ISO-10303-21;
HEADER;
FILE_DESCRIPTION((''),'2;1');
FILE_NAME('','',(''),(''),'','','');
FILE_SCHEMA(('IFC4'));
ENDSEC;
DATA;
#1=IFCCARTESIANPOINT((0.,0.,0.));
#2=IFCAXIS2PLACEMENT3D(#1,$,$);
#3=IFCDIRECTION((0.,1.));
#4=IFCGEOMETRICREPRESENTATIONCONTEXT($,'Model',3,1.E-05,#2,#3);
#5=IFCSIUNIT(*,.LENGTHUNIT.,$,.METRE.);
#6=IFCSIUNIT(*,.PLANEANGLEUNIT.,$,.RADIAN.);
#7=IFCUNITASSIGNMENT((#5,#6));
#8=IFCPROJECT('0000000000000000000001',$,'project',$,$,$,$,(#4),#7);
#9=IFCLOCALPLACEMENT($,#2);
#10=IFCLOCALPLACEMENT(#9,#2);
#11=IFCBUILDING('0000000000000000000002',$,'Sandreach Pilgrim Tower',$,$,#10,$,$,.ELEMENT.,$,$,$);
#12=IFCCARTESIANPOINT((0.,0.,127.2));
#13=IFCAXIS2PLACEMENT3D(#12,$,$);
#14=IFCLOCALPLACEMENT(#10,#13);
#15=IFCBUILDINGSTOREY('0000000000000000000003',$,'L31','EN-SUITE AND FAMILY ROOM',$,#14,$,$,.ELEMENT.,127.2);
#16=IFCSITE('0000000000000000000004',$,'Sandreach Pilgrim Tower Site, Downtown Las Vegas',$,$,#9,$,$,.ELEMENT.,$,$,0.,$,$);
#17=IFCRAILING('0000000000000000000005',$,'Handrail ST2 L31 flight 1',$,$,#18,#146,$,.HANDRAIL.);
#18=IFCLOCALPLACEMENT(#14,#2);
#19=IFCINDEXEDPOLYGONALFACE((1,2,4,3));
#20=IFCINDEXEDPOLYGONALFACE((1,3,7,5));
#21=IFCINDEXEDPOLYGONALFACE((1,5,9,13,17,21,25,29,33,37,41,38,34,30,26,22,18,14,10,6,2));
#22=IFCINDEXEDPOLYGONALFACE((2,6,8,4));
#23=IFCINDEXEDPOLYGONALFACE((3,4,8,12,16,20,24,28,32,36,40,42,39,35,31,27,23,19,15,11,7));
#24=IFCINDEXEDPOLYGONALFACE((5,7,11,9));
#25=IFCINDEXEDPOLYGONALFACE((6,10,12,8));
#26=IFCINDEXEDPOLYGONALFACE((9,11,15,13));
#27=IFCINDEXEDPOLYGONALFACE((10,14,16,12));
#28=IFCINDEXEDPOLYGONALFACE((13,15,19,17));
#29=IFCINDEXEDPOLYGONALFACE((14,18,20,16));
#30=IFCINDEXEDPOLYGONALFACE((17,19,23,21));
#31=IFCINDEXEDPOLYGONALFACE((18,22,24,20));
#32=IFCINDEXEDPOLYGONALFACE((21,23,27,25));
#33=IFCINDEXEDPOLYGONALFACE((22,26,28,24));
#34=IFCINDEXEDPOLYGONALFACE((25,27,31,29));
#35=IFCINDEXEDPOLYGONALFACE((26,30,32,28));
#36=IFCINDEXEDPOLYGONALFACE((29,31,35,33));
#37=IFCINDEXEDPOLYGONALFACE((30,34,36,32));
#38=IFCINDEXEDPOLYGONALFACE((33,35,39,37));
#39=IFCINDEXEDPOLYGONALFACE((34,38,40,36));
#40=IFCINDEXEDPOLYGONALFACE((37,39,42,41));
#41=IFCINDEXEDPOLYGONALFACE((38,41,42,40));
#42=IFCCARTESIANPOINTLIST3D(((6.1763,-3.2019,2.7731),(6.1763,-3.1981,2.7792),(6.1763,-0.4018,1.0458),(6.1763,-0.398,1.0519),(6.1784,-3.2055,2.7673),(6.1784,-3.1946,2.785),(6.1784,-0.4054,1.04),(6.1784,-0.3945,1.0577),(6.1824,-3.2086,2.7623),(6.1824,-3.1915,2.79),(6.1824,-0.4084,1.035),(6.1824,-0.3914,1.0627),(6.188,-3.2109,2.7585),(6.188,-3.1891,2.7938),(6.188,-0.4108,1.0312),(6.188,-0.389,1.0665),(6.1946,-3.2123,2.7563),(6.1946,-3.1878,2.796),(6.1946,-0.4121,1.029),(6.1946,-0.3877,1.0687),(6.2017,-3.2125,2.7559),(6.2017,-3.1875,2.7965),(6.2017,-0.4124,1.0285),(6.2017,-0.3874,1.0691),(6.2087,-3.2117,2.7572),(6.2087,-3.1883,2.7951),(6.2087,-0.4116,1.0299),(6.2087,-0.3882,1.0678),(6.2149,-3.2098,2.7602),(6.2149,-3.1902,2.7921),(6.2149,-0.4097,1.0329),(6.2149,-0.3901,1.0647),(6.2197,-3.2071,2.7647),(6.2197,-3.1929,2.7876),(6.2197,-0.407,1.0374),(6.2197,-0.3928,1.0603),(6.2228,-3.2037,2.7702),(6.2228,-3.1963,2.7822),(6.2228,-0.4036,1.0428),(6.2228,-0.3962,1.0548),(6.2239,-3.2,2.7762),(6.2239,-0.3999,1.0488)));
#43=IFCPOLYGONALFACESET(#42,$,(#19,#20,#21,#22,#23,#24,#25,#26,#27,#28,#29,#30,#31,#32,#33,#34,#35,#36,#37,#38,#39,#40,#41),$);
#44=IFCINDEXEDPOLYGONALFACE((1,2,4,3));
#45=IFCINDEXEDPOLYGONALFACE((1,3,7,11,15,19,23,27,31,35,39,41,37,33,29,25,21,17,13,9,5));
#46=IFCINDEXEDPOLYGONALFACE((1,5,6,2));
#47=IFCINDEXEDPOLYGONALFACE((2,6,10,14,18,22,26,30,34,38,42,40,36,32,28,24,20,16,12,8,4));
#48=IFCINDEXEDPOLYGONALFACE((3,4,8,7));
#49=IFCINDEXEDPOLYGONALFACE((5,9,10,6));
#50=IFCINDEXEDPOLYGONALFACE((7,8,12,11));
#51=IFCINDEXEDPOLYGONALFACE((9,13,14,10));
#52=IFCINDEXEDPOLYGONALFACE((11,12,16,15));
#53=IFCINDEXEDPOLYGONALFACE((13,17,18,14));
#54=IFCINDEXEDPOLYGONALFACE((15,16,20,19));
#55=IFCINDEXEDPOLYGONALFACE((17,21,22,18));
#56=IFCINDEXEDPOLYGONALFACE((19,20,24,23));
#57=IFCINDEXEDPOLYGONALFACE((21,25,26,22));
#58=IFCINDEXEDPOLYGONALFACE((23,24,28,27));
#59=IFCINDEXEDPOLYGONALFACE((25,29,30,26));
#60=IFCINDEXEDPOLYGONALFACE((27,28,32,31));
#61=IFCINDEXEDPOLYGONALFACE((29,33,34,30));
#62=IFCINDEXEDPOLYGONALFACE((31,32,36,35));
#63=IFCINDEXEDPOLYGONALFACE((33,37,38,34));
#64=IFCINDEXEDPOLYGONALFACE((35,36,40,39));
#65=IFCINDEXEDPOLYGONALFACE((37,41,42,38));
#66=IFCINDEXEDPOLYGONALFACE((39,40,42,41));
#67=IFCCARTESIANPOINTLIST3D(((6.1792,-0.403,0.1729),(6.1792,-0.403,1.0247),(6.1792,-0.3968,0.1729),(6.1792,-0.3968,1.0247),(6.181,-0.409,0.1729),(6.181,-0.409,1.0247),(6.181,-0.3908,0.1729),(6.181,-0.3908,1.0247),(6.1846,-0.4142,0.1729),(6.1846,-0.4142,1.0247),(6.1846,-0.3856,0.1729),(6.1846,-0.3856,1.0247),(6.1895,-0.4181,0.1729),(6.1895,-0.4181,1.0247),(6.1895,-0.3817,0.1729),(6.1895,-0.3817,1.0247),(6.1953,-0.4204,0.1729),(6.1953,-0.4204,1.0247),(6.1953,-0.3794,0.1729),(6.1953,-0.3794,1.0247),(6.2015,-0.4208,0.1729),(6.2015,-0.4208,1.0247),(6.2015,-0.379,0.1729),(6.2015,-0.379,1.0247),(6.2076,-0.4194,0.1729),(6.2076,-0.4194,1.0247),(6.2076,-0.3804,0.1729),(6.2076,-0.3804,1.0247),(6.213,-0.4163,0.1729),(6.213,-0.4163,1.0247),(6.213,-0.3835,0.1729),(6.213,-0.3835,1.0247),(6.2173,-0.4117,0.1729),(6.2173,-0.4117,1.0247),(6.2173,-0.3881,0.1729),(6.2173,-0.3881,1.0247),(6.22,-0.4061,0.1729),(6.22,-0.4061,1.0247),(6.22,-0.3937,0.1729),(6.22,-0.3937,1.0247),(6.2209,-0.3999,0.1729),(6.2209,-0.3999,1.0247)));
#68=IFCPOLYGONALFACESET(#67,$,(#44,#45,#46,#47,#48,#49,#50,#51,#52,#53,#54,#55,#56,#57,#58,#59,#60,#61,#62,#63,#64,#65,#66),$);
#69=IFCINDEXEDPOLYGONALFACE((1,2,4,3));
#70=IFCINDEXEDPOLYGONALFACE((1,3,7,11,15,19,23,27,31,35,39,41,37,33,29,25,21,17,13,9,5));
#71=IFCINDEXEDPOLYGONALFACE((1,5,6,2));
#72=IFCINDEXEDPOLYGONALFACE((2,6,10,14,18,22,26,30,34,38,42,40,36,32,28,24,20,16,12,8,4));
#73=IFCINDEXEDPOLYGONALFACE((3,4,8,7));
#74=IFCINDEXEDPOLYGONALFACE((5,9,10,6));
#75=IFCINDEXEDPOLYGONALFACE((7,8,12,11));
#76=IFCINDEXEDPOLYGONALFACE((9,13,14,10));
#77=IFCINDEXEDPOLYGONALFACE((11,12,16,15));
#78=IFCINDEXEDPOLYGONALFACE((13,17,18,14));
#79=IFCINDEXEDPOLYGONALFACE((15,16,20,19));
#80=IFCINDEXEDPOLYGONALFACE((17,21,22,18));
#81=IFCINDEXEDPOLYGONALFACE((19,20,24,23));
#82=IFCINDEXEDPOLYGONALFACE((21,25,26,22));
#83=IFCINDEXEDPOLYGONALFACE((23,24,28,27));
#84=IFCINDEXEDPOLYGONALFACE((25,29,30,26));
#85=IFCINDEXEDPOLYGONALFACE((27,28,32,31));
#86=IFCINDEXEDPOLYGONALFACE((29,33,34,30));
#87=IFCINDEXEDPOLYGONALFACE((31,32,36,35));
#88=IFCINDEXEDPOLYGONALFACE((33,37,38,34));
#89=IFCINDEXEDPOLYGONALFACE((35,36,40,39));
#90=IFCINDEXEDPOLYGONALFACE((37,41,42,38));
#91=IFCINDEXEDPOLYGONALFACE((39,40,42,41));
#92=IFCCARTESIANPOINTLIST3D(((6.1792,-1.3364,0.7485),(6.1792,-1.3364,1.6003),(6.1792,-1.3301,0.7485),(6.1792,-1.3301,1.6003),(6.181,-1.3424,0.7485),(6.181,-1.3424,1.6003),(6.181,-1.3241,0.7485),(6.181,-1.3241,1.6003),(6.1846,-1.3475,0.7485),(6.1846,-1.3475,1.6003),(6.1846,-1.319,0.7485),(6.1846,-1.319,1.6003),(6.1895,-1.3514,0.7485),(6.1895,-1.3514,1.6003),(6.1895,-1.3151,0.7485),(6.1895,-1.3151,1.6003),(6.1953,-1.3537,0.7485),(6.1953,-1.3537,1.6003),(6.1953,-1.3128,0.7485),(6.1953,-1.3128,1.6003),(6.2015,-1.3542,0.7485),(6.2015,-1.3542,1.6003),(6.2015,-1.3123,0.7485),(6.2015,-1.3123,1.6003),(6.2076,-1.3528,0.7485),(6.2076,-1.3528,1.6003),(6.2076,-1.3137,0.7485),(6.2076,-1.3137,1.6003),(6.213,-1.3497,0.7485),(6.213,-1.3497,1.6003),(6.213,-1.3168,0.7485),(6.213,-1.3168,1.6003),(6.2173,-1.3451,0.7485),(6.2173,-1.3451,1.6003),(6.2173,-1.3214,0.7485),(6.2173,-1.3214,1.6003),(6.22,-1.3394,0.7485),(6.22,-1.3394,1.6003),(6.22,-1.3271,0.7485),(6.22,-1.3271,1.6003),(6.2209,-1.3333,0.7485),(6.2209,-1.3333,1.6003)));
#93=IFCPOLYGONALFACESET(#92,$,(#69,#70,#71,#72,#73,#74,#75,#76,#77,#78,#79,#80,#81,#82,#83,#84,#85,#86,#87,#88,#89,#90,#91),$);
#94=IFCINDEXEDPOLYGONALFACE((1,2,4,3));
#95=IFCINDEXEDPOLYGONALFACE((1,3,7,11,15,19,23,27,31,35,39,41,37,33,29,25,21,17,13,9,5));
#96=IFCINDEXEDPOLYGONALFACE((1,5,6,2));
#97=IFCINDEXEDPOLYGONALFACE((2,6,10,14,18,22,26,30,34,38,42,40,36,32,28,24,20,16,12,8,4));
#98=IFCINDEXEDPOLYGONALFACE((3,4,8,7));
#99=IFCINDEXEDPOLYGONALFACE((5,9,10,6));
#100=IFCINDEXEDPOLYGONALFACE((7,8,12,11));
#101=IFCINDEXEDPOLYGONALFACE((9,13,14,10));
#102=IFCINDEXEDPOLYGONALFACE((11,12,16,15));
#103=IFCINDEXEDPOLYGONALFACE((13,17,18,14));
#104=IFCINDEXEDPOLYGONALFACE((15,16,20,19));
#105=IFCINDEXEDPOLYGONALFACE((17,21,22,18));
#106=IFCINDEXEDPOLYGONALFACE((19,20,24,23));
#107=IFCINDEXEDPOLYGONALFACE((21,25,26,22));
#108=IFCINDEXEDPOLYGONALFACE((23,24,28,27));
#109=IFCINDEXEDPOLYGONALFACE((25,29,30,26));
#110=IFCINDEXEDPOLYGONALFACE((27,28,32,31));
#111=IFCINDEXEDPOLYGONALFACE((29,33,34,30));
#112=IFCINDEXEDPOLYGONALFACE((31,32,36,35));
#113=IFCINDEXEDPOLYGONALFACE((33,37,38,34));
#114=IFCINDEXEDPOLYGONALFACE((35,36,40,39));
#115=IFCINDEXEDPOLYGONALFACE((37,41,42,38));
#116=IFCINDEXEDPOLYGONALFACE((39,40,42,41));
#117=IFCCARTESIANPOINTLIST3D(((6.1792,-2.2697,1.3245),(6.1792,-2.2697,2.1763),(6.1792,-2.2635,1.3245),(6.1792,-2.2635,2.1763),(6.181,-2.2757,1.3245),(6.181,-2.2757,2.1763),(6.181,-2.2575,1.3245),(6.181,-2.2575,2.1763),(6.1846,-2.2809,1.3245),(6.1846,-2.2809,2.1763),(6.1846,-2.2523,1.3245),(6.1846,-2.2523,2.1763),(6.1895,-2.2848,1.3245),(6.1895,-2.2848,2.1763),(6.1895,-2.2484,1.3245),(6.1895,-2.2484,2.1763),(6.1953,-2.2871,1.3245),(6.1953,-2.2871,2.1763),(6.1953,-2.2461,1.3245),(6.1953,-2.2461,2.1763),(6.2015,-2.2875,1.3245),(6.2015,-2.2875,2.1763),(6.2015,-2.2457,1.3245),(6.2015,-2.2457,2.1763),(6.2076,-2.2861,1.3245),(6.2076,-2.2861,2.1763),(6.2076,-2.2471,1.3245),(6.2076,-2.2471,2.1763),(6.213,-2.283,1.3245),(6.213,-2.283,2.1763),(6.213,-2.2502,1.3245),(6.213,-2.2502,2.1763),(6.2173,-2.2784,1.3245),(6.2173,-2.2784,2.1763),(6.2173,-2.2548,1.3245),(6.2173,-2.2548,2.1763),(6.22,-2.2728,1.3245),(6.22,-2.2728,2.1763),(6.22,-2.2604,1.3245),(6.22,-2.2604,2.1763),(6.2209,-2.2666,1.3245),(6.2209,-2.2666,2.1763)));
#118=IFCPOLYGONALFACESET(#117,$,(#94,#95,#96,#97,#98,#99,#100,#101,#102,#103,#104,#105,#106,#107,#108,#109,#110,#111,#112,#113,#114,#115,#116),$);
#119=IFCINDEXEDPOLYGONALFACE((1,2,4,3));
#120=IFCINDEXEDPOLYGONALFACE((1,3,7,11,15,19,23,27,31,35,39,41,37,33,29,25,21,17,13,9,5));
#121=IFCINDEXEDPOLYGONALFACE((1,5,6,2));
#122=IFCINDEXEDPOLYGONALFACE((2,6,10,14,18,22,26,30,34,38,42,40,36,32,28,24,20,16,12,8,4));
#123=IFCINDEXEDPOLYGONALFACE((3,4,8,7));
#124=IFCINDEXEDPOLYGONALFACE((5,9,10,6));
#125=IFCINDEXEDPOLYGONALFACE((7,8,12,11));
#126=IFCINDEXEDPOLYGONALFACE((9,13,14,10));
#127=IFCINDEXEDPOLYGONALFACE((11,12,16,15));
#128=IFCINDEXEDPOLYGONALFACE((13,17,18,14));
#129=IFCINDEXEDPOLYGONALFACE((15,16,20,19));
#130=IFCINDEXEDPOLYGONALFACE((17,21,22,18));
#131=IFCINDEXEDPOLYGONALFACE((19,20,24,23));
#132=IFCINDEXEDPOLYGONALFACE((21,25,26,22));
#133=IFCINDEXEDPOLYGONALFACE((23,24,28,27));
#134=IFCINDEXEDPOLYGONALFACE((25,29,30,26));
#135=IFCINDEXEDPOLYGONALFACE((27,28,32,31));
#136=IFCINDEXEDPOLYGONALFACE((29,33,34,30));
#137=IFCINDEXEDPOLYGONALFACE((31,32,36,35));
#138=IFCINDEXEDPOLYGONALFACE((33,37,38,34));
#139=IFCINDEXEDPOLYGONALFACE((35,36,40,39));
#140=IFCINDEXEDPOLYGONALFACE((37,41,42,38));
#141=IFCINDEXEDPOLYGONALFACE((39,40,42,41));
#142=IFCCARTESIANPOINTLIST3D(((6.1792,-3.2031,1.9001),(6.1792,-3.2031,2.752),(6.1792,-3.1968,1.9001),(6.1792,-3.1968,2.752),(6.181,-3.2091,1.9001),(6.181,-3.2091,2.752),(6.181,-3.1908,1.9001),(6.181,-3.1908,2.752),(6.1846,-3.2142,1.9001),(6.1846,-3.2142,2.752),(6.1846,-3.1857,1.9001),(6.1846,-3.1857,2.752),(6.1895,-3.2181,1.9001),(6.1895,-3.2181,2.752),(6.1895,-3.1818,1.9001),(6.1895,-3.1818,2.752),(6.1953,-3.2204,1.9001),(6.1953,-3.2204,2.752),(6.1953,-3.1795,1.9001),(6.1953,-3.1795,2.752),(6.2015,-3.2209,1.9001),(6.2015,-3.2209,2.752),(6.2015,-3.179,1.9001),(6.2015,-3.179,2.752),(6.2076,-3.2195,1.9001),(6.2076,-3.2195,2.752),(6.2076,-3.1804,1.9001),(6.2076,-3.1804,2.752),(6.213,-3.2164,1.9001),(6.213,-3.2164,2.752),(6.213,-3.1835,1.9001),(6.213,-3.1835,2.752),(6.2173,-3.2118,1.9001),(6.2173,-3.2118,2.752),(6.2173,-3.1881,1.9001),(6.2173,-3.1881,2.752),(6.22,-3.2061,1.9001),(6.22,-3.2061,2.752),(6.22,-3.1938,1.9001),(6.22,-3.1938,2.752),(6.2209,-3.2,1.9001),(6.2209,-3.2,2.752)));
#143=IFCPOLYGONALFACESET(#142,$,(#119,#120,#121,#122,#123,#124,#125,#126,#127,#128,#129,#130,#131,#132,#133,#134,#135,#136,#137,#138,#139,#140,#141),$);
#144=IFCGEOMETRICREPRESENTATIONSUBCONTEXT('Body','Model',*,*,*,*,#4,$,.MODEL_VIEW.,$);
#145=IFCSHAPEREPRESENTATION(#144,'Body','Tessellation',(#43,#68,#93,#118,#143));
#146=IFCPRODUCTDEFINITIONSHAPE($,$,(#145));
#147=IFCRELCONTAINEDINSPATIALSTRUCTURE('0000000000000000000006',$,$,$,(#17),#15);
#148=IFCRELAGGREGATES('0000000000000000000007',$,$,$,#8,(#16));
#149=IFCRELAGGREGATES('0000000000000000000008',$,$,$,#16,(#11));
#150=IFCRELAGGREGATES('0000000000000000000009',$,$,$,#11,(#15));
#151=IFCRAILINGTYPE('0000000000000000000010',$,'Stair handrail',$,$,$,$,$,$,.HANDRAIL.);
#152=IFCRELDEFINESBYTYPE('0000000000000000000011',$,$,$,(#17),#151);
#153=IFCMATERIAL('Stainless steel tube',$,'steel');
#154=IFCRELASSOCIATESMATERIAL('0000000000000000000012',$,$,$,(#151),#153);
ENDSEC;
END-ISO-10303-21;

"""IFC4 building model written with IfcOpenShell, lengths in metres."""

from ifc_helpers import new_model, si_unit, direction, frame, origin, origin_2d, place, context, subcontext, project, spatial, circle, extrude, material, type_object, element, save


model = new_model("IFC4")

# Units and contexts
model_context = context("Model", 3, precision=1e-05, world=origin(), true_north=direction((0.0, 1.0)))
body_context = subcontext(model_context, "Body", "Model", "MODEL_VIEW")
ifc_project = project(units=[si_unit("LENGTHUNIT", "METRE"), si_unit("PLANEANGLEUNIT", "RADIAN")], contexts=[model_context])

# Site, building, storey
site_placement = place(None, origin())
site = spatial("IfcSite", under=ifc_project, at=site_placement, Name="Sandreach Pilgrim Tower Site, Downtown Las Vegas", CompositionType="ELEMENT", RefElevation=0.0)
building_placement = place(site_placement, origin())
building = spatial("IfcBuilding", under=site, at=building_placement, Name="Sandreach Pilgrim Tower", CompositionType="ELEMENT")
storey_placement = place(building_placement, frame((0.0, 0.0, 127.2)))
storey = spatial("IfcBuildingStorey", under=building, at=storey_placement, Name="L31", Description="EN-SUITE AND FAMILY ROOM", CompositionType="ELEMENT", Elevation=127.2)

# Railing
ifc_material_1 = material(Name="Stainless steel tube", Category="steel")
railing_type = type_object("IfcRailingType", Name="Stair handrail", PredefinedType="HANDRAIL", material=ifc_material_1)
for number, where, name in (
    (1, (6.2, -0.3999, 0.1729), "Handrail ST2 L31 flight 1"),
):
    element("IfcRailing", number, at=place(storey_placement, frame(where)), inside=storey, type_object=railing_type, Name=name, PredefinedType="HANDRAIL", context=body_context, shape_type="SweptSolid", body=[
        extrude(circle(Radius=0.0239, at=origin_2d()), frame((0.0, 0.0, 0.876), z_axis=(0.0, -0.85109, 0.52502), x_axis=(1.0, 0.0, 0.0)), (0.0, 0.0, 1.0), 3.29),
        extrude(circle(Radius=0.021, at=origin_2d()), origin(), (0.0, 0.0, 1.0), 0.8518),
        extrude(circle(Radius=0.021, at=origin_2d()), frame((0.0, -0.9333, 0.5757)), (0.0, 0.0, 1.0), 0.8518),
        extrude(circle(Radius=0.021, at=origin_2d()), frame((0.0, -1.8667, 1.1516)), (0.0, 0.0, 1.0), 0.8518),
        extrude(circle(Radius=0.021, at=origin_2d()), frame((0.0, -2.8, 1.7273)), (0.0, 0.0, 1.0), 0.8518),
    ])

save(model, "model.ifc")
